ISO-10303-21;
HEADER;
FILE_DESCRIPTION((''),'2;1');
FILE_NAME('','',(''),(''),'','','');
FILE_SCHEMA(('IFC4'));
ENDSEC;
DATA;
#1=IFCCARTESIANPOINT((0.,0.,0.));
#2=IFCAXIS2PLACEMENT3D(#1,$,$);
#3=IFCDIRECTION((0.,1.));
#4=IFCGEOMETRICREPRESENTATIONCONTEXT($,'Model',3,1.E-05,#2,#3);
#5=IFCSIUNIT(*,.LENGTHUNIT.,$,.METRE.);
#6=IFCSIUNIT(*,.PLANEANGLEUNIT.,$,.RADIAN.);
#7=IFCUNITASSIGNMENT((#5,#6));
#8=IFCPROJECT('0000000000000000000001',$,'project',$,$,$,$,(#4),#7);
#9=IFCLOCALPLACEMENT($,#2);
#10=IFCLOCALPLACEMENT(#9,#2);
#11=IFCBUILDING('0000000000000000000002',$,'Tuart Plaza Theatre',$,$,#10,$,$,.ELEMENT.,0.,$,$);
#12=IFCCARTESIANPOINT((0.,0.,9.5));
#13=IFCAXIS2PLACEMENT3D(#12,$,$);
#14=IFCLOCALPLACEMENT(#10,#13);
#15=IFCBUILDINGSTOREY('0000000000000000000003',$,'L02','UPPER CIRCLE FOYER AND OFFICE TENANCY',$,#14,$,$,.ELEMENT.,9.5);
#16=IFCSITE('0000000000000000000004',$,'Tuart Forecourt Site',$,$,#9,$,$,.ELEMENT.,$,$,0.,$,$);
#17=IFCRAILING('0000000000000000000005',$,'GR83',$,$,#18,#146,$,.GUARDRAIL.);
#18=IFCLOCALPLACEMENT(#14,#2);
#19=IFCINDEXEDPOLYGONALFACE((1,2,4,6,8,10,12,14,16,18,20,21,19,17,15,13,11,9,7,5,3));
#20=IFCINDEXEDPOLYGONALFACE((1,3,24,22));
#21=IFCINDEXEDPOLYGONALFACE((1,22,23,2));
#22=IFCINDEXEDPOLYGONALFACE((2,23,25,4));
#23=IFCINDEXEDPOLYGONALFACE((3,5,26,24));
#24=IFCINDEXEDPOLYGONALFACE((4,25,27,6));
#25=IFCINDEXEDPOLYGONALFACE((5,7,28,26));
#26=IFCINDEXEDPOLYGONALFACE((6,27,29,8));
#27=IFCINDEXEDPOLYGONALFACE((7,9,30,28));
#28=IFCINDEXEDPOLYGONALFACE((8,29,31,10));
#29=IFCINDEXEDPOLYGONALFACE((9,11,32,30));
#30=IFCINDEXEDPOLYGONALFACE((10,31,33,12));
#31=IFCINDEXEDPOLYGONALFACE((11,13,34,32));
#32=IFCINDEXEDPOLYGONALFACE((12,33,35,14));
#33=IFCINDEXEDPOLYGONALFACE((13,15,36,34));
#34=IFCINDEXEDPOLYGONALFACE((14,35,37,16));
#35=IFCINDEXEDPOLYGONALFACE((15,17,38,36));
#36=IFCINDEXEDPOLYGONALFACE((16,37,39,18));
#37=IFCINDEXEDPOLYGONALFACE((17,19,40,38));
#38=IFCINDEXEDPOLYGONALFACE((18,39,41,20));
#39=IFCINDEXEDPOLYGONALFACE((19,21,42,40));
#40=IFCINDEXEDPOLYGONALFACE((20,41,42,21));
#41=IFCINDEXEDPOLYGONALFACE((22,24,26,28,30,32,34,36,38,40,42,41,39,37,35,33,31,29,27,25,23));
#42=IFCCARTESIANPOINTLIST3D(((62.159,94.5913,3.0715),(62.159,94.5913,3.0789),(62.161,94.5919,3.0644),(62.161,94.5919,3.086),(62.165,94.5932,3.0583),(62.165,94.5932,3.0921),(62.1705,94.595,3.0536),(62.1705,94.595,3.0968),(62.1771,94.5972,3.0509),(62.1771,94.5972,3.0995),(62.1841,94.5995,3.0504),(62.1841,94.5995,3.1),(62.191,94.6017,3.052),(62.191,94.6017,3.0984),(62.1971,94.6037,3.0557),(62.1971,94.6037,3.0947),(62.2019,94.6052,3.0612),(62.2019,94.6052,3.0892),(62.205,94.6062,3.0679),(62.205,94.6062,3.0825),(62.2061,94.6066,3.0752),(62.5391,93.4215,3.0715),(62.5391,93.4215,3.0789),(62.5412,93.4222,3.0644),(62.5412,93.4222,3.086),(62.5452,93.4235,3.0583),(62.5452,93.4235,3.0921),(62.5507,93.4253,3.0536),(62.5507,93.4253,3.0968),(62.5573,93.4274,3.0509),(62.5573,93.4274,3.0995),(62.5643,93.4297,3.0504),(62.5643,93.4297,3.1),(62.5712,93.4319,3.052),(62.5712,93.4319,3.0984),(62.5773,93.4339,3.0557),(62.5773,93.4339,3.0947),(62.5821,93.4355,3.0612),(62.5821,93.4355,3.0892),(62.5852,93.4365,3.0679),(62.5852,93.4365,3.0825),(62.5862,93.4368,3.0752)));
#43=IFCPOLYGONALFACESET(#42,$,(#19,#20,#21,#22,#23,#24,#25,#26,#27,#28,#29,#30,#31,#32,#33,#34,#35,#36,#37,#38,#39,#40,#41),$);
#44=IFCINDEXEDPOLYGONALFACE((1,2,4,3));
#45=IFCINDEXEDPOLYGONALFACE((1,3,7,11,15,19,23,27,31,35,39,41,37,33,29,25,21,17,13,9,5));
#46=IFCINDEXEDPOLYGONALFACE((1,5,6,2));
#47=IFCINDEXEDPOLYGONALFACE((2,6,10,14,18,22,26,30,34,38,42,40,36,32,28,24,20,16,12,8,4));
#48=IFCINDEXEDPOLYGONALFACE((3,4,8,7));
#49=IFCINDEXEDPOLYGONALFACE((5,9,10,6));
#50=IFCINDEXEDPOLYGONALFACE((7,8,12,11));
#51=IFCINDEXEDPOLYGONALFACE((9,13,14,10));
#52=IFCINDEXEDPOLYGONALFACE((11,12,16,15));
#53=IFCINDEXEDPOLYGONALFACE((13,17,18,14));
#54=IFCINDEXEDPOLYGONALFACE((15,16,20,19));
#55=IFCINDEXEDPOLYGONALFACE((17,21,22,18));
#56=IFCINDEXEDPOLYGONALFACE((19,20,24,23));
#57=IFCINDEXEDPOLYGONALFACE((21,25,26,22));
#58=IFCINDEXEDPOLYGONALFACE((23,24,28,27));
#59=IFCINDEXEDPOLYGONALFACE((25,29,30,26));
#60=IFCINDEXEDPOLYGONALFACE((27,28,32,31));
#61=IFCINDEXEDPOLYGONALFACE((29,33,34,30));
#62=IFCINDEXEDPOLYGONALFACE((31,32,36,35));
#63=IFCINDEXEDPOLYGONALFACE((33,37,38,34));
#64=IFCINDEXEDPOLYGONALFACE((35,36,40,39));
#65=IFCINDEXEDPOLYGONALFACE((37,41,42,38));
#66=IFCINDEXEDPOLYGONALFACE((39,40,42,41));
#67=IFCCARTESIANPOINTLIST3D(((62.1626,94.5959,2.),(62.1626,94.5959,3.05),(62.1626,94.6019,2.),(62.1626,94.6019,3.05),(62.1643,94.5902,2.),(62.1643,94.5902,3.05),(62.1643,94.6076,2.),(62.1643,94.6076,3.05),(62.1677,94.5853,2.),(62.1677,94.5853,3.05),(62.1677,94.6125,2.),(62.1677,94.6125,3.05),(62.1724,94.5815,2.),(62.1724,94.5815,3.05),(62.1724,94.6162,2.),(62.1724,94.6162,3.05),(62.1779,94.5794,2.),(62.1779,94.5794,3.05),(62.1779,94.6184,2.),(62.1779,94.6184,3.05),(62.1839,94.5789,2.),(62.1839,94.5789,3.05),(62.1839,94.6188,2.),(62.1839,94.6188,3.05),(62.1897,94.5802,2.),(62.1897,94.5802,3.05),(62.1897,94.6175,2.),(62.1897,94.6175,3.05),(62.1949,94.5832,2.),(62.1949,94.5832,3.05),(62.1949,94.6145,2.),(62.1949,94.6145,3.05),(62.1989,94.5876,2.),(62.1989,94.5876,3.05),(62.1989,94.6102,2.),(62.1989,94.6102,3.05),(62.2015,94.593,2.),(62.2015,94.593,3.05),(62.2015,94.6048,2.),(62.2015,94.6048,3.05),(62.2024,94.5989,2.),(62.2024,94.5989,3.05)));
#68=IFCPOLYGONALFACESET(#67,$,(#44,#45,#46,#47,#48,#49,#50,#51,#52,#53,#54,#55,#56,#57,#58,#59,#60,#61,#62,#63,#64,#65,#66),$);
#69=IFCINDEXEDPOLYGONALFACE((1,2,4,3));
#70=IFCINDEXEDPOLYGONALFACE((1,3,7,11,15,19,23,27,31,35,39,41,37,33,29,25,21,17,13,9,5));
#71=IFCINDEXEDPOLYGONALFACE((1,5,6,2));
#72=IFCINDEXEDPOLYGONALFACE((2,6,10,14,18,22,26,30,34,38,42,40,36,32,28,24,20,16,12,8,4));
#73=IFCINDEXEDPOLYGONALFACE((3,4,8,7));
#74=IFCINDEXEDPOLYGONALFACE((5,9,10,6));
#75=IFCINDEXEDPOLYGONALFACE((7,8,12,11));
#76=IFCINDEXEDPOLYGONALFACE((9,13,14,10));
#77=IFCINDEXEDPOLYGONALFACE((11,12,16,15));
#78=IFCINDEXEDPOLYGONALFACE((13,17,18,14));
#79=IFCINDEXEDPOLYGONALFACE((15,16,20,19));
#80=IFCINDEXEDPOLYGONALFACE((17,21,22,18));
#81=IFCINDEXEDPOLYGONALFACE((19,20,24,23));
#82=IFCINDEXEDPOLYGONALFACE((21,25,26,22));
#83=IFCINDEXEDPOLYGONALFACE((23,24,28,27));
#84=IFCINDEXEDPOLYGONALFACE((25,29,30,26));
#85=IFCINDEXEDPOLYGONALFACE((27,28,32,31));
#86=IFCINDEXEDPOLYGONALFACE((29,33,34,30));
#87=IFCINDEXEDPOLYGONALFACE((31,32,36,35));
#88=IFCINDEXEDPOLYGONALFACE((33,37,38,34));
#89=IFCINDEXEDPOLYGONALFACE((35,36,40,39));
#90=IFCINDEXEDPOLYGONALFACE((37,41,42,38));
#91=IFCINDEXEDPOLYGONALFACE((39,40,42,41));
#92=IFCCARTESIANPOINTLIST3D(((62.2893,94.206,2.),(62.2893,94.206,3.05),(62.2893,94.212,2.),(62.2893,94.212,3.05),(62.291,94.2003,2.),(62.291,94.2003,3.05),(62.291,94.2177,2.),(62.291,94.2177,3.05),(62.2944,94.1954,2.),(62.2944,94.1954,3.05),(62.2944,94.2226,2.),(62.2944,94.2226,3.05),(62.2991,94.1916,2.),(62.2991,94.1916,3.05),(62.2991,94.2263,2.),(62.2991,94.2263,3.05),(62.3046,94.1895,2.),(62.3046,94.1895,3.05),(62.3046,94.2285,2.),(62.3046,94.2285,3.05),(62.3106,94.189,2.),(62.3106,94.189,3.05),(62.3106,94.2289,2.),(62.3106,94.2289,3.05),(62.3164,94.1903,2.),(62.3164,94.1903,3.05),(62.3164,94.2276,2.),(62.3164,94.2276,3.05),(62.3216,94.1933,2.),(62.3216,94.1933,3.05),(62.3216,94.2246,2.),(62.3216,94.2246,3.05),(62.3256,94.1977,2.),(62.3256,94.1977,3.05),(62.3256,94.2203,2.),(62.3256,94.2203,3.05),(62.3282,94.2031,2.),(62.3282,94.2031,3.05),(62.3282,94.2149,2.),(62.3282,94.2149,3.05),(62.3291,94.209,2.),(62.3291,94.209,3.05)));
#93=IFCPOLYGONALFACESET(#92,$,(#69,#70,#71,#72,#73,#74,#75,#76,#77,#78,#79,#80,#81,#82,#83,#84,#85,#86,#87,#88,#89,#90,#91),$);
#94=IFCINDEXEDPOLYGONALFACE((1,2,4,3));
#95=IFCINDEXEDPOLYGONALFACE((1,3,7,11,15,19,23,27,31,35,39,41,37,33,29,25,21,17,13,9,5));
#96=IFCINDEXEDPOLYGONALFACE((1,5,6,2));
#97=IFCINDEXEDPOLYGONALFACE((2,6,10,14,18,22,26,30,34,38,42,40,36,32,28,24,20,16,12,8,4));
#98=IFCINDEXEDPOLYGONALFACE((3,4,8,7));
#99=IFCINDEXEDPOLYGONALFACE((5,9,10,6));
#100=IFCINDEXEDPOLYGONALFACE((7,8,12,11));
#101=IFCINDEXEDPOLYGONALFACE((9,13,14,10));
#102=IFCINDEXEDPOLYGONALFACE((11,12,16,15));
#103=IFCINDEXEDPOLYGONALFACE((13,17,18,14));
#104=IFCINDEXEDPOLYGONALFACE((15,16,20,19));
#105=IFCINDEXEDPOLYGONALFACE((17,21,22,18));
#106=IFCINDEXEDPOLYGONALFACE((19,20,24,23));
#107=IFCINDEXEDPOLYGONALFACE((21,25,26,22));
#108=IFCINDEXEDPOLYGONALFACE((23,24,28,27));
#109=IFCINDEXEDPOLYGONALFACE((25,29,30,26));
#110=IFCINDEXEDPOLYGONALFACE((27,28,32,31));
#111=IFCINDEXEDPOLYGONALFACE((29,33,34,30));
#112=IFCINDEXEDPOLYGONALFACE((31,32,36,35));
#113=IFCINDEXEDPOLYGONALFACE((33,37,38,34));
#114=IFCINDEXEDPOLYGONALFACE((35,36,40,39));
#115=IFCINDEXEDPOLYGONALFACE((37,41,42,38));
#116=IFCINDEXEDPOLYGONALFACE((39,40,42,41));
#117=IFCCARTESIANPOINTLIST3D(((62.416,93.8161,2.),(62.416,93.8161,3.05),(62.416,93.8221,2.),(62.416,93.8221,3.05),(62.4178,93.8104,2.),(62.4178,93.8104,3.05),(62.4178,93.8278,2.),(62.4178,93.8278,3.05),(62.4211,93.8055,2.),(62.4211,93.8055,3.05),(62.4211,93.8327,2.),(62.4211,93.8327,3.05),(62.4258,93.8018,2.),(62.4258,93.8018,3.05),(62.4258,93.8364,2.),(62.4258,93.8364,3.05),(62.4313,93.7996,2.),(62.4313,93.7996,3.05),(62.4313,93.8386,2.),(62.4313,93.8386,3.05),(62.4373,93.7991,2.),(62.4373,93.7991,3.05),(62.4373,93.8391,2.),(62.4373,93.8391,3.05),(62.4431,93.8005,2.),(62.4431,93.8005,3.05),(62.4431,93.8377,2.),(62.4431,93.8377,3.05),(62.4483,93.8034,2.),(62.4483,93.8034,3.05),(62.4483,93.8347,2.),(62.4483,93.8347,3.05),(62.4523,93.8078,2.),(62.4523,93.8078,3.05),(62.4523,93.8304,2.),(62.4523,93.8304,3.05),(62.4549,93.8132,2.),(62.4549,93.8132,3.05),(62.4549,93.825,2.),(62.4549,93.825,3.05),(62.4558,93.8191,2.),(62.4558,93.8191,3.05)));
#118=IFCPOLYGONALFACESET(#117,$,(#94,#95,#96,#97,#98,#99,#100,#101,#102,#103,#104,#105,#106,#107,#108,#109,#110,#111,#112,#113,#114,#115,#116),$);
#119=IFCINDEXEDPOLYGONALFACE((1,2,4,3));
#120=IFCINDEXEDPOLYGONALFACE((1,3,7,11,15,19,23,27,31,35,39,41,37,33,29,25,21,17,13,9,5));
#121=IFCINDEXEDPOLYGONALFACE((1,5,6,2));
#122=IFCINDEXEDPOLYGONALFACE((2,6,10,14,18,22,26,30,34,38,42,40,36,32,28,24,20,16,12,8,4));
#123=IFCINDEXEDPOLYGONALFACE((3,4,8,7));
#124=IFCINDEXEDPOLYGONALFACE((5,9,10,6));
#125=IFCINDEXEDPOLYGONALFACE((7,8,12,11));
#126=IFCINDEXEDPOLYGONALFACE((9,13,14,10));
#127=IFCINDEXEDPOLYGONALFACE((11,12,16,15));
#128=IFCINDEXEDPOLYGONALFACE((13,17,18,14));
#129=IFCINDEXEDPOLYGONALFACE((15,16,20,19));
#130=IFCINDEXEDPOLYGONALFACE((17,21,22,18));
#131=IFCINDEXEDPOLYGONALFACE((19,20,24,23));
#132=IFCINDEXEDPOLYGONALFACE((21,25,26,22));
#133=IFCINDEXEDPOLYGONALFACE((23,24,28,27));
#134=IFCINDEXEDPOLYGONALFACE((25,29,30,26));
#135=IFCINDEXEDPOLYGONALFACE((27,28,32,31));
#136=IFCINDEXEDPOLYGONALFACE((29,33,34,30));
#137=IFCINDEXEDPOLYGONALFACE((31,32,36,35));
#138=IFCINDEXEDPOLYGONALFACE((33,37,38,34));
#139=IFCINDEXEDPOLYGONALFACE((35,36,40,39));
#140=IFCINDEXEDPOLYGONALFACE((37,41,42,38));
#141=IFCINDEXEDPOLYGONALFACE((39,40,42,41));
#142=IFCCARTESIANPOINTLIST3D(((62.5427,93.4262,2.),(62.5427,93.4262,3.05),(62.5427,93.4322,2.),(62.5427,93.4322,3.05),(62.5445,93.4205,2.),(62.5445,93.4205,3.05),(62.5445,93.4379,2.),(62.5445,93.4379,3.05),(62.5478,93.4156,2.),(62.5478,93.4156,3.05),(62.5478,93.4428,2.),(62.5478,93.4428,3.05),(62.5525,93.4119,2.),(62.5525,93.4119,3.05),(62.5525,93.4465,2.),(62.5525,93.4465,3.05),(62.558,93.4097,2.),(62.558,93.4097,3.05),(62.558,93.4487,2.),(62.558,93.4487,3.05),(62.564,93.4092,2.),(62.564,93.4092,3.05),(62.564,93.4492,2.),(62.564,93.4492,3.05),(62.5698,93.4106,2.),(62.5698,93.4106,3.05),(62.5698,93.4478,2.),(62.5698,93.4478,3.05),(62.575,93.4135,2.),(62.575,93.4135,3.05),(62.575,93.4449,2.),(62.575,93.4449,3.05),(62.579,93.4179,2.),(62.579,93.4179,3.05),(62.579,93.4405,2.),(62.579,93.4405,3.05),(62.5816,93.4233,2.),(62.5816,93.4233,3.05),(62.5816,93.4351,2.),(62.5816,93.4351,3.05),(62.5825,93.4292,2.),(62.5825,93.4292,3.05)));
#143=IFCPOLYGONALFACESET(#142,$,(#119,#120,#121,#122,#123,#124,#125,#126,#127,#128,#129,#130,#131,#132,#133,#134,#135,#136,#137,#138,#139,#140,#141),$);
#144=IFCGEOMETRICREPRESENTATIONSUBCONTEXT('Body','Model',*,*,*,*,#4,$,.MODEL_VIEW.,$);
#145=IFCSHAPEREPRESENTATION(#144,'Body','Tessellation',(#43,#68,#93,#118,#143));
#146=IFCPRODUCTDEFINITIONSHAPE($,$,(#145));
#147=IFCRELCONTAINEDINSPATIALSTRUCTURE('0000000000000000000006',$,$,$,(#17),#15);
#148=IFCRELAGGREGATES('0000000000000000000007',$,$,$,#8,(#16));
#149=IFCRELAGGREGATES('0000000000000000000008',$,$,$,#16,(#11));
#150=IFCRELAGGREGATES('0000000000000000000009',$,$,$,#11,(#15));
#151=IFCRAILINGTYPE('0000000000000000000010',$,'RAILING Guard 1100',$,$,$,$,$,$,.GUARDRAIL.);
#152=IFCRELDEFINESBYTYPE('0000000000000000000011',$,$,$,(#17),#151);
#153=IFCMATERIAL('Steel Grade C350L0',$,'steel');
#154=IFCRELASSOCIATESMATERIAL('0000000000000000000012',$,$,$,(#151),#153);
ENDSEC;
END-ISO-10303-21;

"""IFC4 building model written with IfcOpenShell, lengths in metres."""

from ifc_helpers import new_model, si_unit, direction, frame, origin, origin_2d, place, context, subcontext, project, spatial, circle, extrude, material, type_object, element, save


model = new_model("IFC4")

# Units and contexts
model_context = context("Model", 3, precision=1e-05, world=origin(), true_north=direction((0.0, 1.0)))
body_context = subcontext(model_context, "Body", "Model", "MODEL_VIEW")
ifc_project = project(units=[si_unit("LENGTHUNIT", "METRE"), si_unit("PLANEANGLEUNIT", "RADIAN")], contexts=[model_context])

# Site, building, storey
site_placement = place(None, origin())
site = spatial("IfcSite", under=ifc_project, at=site_placement, Name="Tuart Forecourt Site", CompositionType="ELEMENT", RefElevation=0.0)
building_placement = place(site_placement, origin())
building = spatial("IfcBuilding", under=site, at=building_placement, Name="Tuart Plaza Theatre", CompositionType="ELEMENT", ElevationOfRefHeight=0.0)
storey_placement = place(building_placement, frame((0.0, 0.0, 9.5)))
storey = spatial("IfcBuildingStorey", under=building, at=storey_placement, Name="L02", Description="UPPER CIRCLE FOYER AND OFFICE TENANCY", CompositionType="ELEMENT", Elevation=9.5)

# Railing
ifc_material_1 = material(Name="Steel Grade C350L0", Category="steel")
railing_type_1 = type_object("IfcRailingType", Name="RAILING Guard 1100", PredefinedType="GUARDRAIL", material=ifc_material_1)
railing_1_placement = place(storey_placement, frame((62.1824, 94.5989, 2.0)))
element("IfcRailing", 1, at=railing_1_placement, inside=storey, type_object=railing_type_1, Name="GR83", PredefinedType="GUARDRAIL", context=body_context, shape_type="SweptSolid", body=[
    extrude(circle(Radius=0.0249, at=origin_2d()), frame((0.0, 0.0, 1.0752), z_axis=(0.309073, -0.951038, 0.0), x_axis=(0.951038, 0.309073, 0.0)), (0.0, 0.0, 1.0), 1.23),
    extrude(circle(Radius=0.02, at=origin_2d()), origin(), (0.0, 0.0, 1.0), 1.05),
    extrude(circle(Radius=0.02, at=origin_2d()), frame((0.1267, -0.3899, 0.0)), (0.0, 0.0, 1.0), 1.05),
    extrude(circle(Radius=0.02, at=origin_2d()), frame((0.2534, -0.7798, 0.0)), (0.0, 0.0, 1.0), 1.05),
    extrude(circle(Radius=0.02, at=origin_2d()), frame((0.3801, -1.1697, 0.0)), (0.0, 0.0, 1.0), 1.05),
])

save(model, "model.ifc")
